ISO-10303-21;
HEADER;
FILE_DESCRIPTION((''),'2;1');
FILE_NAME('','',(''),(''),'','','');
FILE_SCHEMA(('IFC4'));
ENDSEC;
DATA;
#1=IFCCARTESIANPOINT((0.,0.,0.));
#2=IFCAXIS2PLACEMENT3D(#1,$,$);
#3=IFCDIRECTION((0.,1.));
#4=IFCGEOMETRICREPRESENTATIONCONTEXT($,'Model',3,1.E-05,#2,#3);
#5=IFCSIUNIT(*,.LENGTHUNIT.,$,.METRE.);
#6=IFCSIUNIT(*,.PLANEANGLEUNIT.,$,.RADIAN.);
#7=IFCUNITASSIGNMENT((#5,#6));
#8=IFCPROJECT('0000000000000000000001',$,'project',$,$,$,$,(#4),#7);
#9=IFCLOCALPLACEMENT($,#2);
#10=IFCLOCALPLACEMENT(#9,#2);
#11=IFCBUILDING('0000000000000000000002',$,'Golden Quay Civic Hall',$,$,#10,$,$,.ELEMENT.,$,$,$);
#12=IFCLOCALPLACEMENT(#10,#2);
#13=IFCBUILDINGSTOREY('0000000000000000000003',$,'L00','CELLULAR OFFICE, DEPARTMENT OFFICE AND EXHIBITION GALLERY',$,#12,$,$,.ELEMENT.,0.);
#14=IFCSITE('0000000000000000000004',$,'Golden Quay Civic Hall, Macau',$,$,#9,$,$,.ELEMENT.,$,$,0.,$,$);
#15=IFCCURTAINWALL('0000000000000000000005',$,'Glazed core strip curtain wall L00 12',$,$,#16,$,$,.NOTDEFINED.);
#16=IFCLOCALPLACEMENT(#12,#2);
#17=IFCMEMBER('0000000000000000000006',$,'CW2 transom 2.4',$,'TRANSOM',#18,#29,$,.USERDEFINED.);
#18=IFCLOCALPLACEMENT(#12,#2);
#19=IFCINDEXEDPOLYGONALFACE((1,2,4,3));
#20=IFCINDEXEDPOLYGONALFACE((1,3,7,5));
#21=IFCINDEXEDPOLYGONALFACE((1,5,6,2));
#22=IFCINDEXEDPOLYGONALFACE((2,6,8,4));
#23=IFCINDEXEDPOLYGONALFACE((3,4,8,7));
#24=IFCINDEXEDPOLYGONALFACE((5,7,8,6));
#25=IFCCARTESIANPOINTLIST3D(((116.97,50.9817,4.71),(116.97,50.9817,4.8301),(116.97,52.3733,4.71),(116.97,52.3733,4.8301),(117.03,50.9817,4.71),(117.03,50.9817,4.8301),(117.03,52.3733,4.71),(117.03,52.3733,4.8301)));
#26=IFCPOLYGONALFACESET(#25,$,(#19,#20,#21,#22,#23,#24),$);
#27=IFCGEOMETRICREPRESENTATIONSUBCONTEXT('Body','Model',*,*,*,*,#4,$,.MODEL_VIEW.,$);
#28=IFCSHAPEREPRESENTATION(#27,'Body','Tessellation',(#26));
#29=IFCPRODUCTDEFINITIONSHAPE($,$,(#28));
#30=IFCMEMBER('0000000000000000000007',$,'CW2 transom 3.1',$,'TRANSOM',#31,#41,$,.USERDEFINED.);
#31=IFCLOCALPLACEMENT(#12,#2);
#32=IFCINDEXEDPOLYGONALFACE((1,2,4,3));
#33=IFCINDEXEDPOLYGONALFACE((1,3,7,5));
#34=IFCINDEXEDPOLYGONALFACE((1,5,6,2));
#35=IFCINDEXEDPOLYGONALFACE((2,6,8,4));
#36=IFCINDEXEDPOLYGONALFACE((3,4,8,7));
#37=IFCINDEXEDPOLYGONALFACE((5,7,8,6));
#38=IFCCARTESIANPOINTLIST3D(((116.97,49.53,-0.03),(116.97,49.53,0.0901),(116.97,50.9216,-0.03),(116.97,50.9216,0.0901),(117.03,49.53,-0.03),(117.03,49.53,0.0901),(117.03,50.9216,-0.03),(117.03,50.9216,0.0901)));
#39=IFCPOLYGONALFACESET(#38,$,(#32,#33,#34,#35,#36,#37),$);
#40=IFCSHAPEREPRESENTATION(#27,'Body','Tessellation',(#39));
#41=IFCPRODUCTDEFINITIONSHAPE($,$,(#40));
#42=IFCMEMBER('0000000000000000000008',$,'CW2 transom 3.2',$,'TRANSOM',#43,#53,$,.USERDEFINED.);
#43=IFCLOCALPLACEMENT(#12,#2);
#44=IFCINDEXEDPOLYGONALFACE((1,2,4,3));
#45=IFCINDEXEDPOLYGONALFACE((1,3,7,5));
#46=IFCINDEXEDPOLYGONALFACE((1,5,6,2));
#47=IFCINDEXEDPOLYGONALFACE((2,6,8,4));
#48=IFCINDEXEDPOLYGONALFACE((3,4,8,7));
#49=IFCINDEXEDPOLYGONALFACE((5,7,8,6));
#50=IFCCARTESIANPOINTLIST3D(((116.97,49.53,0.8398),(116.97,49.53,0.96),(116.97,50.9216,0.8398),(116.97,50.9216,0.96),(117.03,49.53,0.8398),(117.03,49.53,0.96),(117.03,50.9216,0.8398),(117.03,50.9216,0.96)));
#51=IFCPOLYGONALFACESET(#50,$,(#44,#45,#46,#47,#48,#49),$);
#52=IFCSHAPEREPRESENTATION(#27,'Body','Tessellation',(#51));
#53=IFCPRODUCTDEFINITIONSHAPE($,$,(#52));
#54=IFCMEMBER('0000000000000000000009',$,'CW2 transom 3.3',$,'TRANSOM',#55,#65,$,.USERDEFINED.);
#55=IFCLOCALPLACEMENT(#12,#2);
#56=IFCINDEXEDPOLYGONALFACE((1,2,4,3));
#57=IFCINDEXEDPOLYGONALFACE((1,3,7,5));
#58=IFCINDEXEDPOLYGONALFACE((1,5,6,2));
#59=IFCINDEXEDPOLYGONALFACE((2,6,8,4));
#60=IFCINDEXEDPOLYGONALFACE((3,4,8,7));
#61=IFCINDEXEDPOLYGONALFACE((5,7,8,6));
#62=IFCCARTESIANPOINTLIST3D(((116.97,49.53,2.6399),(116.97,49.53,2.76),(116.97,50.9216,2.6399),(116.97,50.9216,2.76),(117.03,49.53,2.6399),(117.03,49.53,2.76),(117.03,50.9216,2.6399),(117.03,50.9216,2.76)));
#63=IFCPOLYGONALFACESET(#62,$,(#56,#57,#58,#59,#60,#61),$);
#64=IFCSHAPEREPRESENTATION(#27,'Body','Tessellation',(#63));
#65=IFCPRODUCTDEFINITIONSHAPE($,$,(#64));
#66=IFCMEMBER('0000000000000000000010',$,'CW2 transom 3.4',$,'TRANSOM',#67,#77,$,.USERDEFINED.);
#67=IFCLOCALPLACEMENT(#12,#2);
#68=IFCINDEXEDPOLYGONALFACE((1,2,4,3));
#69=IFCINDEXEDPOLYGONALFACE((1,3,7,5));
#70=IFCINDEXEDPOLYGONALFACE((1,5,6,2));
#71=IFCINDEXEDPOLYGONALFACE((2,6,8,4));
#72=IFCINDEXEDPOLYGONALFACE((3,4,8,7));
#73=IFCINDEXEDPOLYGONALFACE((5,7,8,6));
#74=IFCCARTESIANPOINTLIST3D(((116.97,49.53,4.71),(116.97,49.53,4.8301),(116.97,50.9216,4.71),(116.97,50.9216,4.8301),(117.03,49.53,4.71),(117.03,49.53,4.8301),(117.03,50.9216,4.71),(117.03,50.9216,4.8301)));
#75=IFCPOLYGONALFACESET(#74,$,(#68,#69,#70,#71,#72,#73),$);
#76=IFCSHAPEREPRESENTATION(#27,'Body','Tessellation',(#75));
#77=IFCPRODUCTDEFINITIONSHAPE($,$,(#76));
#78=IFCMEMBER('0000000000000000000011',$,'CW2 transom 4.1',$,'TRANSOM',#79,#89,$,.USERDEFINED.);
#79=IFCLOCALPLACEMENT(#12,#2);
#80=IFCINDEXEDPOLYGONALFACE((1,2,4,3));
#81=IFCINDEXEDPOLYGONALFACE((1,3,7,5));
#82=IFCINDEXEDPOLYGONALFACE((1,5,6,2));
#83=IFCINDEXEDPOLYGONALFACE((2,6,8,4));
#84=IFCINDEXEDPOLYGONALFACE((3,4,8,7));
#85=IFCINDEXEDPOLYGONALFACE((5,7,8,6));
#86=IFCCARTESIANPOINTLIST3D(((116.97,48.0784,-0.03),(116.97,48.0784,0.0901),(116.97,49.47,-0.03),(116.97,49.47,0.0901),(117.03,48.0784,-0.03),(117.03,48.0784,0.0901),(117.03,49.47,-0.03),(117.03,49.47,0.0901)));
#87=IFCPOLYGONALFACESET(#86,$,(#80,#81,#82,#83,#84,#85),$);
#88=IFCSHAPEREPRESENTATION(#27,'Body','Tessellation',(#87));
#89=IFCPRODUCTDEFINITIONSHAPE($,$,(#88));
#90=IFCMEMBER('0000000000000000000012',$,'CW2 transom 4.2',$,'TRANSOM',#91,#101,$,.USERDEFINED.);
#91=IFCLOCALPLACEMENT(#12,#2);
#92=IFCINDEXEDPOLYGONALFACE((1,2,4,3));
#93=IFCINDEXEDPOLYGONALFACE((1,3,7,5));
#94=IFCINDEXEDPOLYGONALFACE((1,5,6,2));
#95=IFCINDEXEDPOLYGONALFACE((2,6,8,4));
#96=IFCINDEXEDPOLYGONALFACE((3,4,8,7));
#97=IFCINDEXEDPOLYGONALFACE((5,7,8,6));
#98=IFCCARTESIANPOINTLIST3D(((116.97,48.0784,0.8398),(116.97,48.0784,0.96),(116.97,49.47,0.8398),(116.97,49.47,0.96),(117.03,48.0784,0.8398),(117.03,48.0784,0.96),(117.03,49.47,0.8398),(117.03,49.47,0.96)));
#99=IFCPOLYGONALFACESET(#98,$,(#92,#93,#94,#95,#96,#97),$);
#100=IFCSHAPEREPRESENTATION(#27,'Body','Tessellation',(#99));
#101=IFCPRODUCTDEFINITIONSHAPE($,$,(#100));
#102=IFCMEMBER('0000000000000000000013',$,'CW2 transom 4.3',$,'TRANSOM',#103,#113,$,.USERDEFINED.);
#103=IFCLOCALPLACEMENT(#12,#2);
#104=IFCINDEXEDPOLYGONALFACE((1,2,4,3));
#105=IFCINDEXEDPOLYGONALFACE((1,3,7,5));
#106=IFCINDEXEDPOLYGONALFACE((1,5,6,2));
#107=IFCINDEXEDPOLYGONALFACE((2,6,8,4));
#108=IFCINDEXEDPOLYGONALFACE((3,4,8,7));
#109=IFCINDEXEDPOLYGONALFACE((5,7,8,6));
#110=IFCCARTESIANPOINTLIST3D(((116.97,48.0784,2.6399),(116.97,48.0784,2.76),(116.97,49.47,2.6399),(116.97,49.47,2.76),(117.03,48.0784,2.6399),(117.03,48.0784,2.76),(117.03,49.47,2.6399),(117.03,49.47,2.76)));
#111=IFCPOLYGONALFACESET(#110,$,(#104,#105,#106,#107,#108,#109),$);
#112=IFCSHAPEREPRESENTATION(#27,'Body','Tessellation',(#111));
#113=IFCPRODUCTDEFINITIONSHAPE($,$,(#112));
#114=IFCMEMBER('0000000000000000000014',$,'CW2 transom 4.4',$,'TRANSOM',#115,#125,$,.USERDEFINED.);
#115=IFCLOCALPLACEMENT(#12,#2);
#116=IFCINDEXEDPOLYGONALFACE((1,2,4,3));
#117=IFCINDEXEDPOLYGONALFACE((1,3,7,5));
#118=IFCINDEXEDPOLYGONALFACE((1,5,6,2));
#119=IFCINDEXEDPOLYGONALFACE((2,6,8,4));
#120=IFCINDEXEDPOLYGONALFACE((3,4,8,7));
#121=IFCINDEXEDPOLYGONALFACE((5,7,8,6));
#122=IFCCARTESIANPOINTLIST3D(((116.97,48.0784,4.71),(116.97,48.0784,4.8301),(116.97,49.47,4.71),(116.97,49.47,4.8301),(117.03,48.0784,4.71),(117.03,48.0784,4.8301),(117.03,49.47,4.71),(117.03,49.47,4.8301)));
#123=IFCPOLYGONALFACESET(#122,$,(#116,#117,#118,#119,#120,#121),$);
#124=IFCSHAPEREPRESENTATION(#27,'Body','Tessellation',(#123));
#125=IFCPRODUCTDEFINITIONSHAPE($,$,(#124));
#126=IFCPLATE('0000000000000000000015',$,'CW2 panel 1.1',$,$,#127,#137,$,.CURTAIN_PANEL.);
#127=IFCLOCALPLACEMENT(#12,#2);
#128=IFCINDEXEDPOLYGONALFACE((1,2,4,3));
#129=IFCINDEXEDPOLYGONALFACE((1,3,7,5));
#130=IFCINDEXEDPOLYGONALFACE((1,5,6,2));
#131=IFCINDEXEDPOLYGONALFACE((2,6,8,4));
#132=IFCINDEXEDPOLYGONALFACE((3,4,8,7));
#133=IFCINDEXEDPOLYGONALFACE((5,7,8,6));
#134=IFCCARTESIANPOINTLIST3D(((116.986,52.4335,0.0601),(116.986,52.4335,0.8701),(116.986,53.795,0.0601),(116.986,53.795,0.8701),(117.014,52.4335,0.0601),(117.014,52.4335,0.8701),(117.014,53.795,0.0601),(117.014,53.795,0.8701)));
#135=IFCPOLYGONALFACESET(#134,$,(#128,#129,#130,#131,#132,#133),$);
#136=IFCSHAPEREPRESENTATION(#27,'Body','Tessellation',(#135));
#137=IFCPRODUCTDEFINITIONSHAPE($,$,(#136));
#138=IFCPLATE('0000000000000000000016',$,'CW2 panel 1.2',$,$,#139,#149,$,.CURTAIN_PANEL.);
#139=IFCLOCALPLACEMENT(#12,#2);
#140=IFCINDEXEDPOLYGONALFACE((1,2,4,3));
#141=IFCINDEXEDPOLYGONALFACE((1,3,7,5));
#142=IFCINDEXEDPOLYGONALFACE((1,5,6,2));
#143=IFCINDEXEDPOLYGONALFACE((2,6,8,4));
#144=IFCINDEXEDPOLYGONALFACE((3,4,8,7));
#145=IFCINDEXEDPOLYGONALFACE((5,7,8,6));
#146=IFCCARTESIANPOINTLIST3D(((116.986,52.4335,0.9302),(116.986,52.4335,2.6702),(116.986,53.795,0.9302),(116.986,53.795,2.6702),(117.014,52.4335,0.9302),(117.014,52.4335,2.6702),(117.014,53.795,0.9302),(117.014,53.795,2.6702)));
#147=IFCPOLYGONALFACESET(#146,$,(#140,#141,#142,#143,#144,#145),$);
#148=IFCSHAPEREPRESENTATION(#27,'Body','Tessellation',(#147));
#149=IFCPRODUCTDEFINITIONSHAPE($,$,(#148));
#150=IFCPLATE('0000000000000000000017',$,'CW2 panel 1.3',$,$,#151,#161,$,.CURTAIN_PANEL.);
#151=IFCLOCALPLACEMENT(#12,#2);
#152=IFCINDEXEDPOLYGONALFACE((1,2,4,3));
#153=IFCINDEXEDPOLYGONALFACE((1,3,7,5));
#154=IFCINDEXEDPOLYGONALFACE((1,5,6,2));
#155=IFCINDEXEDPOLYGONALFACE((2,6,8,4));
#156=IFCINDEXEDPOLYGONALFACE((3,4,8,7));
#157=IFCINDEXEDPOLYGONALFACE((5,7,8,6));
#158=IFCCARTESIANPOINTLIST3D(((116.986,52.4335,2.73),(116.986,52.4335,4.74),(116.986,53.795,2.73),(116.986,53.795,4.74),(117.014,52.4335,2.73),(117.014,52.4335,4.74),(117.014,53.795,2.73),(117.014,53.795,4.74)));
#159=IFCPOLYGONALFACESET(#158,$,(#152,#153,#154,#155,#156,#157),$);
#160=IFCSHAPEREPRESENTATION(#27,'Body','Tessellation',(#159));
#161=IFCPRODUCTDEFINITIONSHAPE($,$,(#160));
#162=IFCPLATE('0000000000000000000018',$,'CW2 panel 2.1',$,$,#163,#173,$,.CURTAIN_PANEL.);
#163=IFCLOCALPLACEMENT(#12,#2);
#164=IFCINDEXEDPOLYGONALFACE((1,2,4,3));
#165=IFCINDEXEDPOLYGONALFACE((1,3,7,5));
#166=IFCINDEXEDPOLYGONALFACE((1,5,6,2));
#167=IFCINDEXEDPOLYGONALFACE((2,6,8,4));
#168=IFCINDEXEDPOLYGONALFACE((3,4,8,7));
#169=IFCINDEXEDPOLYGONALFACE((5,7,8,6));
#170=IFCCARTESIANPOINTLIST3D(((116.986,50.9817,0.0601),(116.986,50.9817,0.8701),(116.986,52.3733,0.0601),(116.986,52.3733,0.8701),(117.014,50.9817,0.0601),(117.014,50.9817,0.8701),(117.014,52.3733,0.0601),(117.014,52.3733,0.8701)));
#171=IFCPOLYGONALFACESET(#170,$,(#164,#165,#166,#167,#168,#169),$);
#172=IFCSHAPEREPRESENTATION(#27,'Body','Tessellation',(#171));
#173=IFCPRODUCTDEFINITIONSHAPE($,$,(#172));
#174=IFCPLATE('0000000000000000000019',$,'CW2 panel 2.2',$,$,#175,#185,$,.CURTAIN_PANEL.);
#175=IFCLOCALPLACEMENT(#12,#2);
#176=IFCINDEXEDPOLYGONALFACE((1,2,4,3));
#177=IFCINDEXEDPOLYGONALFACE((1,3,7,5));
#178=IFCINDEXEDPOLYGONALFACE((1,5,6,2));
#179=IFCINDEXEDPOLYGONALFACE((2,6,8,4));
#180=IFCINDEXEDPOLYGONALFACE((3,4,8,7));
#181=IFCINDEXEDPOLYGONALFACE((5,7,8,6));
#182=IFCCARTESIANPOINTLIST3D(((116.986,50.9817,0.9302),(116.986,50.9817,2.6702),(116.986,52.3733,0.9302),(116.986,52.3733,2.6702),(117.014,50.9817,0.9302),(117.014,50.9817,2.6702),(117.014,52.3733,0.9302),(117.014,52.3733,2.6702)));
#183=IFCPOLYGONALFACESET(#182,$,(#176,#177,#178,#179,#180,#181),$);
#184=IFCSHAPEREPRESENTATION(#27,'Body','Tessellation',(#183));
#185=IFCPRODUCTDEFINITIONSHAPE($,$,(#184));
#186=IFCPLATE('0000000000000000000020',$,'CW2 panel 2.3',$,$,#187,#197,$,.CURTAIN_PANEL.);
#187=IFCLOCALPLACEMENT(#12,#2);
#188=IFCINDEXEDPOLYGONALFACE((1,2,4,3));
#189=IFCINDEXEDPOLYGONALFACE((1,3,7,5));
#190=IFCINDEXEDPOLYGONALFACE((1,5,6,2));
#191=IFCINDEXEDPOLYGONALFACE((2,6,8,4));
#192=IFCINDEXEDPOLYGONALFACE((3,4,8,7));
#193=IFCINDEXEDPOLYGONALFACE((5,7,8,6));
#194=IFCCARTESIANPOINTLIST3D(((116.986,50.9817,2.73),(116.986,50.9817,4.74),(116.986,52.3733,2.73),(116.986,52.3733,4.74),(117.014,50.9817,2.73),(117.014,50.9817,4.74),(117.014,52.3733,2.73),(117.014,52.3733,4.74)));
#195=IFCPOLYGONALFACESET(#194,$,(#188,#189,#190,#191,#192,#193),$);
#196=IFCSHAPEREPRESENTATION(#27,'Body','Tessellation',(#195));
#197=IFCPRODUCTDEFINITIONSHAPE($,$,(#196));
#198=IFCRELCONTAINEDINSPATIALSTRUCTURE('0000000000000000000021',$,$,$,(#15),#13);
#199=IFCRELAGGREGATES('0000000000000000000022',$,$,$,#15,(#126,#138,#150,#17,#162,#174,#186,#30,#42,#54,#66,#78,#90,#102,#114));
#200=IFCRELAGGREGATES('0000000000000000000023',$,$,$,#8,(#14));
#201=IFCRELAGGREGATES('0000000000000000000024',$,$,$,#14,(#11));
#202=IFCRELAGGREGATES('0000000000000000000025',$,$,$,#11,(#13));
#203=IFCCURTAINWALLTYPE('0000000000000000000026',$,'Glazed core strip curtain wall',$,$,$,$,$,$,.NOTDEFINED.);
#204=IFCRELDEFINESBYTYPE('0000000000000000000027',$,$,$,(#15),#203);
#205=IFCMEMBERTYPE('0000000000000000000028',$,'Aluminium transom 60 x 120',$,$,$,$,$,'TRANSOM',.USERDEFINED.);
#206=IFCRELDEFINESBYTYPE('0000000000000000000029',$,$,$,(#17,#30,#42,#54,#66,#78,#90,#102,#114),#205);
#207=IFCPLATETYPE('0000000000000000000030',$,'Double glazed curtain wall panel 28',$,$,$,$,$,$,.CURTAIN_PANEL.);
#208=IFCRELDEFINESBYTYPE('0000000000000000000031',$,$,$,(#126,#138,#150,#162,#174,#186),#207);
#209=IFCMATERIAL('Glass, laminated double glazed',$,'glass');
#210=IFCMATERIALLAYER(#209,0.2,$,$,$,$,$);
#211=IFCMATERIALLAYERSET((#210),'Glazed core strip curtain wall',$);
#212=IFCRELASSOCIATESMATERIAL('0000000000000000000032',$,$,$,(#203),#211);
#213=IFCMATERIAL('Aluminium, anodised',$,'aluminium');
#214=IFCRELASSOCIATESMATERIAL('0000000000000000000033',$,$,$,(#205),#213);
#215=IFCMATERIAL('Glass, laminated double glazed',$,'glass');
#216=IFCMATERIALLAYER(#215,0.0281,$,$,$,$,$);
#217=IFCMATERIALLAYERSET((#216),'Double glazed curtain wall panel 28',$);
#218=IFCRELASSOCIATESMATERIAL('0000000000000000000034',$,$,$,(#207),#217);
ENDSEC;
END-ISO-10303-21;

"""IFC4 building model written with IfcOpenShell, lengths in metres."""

from ifc_helpers import new_model, si_unit, direction, frame, origin, origin_2d, place, context, subcontext, project, spatial, rectangle, extrude, material, layer, layer_set, material_profile, profile_set, type_object, element, aggregate, save


model = new_model("IFC4")

# Units and contexts
model_context = context("Model", 3, precision=1e-05, world=origin(), true_north=direction((0.0, 1.0)))
body_context = subcontext(model_context, "Body", "Model", "MODEL_VIEW")
ifc_project = project(units=[si_unit("LENGTHUNIT", "METRE"), si_unit("PLANEANGLEUNIT", "RADIAN")], contexts=[model_context])

# Site, building, storey
site_placement = place(None, origin())
site = spatial("IfcSite", under=ifc_project, at=site_placement, Name="Golden Quay Civic Hall, Macau", CompositionType="ELEMENT", RefElevation=0.0)
building_placement = place(site_placement, origin())
building = spatial("IfcBuilding", under=site, at=building_placement, Name="Golden Quay Civic Hall", CompositionType="ELEMENT")
storey_placement = place(building_placement, origin())
storey = spatial("IfcBuildingStorey", under=building, at=storey_placement, Name="L00", Description="CELLULAR OFFICE, DEPARTMENT OFFICE AND EXHIBITION GALLERY", CompositionType="ELEMENT", Elevation=0.0)

# Curtain wall, members, plates
ifc_material_1 = material(Name="Glass, laminated double glazed", Category="glass")
ifc_layer_1 = layer(ifc_material_1, 0.2)
ifc_layer_set_1 = layer_set([ifc_layer_1], Name="Glazed core strip curtain wall")
curtain_wall_type = type_object("IfcCurtainWallType", Name="Glazed core strip curtain wall", PredefinedType="NOTDEFINED", material=ifc_layer_set_1)
curtain_wall_placement = place(storey_placement, origin())
curtain_wall = element("IfcCurtainWall", 1, at=curtain_wall_placement, inside=storey, type_object=curtain_wall_type, Name="Glazed core strip curtain wall L00 12", PredefinedType="NOTDEFINED")
ifc_material_2 = material(Name="Aluminium, anodised", Category="aluminium")
ifc_material_profile_1 = material_profile(ifc_material_2, rectangle(XDim=0.0601, YDim=0.1201, at=origin_2d()), Name="Aluminium 60 x 120")
ifc_profile_set_1 = profile_set([ifc_material_profile_1], Name="Aluminium, anodised")
member_type_1 = type_object("IfcMemberType", Name="Aluminium transom 60 x 120", ElementType="TRANSOM", PredefinedType="USERDEFINED", material=ifc_profile_set_1)
member_1_placement = place(storey_placement, frame((117.0, 52.3733, 4.77), z_axis=(0.0, -1.0, 0.0), x_axis=(1.0, 0.0, 0.0)))
member_1 = element("IfcMember", 2, at=member_1_placement, type_object=member_type_1, Name="CW2 transom 2.4", ObjectType="TRANSOM", PredefinedType="USERDEFINED", context=body_context, shape_type="SweptSolid", body=[
    extrude(rectangle(XDim=0.0601, YDim=0.1201, at=origin_2d()), origin(), (0.0, 0.0, 1.0), 1.3916),
])
member_2_placement = place(storey_placement, frame((117.0, 50.9216, 0.03), z_axis=(0.0, -1.0, 0.0), x_axis=(1.0, 0.0, 0.0)))
member_2 = element("IfcMember", 3, at=member_2_placement, type_object=member_type_1, Name="CW2 transom 3.1", ObjectType="TRANSOM", PredefinedType="USERDEFINED", context=body_context, shape_type="SweptSolid", body=[
    extrude(rectangle(XDim=0.0601, YDim=0.1201, at=origin_2d()), origin(), (0.0, 0.0, 1.0), 1.3916),
])
member_3_placement = place(storey_placement, frame((117.0, 50.9216, 0.8999), z_axis=(0.0, -1.0, 0.0), x_axis=(1.0, 0.0, 0.0)))
member_3 = element("IfcMember", 4, at=member_3_placement, type_object=member_type_1, Name="CW2 transom 3.2", ObjectType="TRANSOM", PredefinedType="USERDEFINED", context=body_context, shape_type="SweptSolid", body=[
    extrude(rectangle(XDim=0.0601, YDim=0.1201, at=origin_2d()), origin(), (0.0, 0.0, 1.0), 1.3916),
])
member_4_placement = place(storey_placement, frame((117.0, 50.9216, 2.7), z_axis=(0.0, -1.0, 0.0), x_axis=(1.0, 0.0, 0.0)))
member_4 = element("IfcMember", 5, at=member_4_placement, type_object=member_type_1, Name="CW2 transom 3.3", ObjectType="TRANSOM", PredefinedType="USERDEFINED", context=body_context, shape_type="SweptSolid", body=[
    extrude(rectangle(XDim=0.0601, YDim=0.1201, at=origin_2d()), origin(), (0.0, 0.0, 1.0), 1.3916),
])
member_5_placement = place(storey_placement, frame((117.0, 50.9216, 4.77), z_axis=(0.0, -1.0, 0.0), x_axis=(1.0, 0.0, 0.0)))
member_5 = element("IfcMember", 6, at=member_5_placement, type_object=member_type_1, Name="CW2 transom 3.4", ObjectType="TRANSOM", PredefinedType="USERDEFINED", context=body_context, shape_type="SweptSolid", body=[
    extrude(rectangle(XDim=0.0601, YDim=0.1201, at=origin_2d()), origin(), (0.0, 0.0, 1.0), 1.3916),
])
member_6_placement = place(storey_placement, frame((117.0, 49.47, 0.03), z_axis=(0.0, -1.0, 0.0), x_axis=(1.0, 0.0, 0.0)))
member_6 = element("IfcMember", 7, at=member_6_placement, type_object=member_type_1, Name="CW2 transom 4.1", ObjectType="TRANSOM", PredefinedType="USERDEFINED", context=body_context, shape_type="SweptSolid", body=[
    extrude(rectangle(XDim=0.0601, YDim=0.1201, at=origin_2d()), origin(), (0.0, 0.0, 1.0), 1.3916),
])
member_7_placement = place(storey_placement, frame((117.0, 49.47, 0.8999), z_axis=(0.0, -1.0, 0.0), x_axis=(1.0, 0.0, 0.0)))
member_7 = element("IfcMember", 8, at=member_7_placement, type_object=member_type_1, Name="CW2 transom 4.2", ObjectType="TRANSOM", PredefinedType="USERDEFINED", context=body_context, shape_type="SweptSolid", body=[
    extrude(rectangle(XDim=0.0601, YDim=0.1201, at=origin_2d()), origin(), (0.0, 0.0, 1.0), 1.3916),
])
member_8_placement = place(storey_placement, frame((117.0, 49.47, 2.7), z_axis=(0.0, -1.0, 0.0), x_axis=(1.0, 0.0, 0.0)))
member_8 = element("IfcMember", 9, at=member_8_placement, type_object=member_type_1, Name="CW2 transom 4.3", ObjectType="TRANSOM", PredefinedType="USERDEFINED", context=body_context, shape_type="SweptSolid", body=[
    extrude(rectangle(XDim=0.0601, YDim=0.1201, at=origin_2d()), origin(), (0.0, 0.0, 1.0), 1.3916),
])
member_9_placement = place(storey_placement, frame((117.0, 49.47, 4.77), z_axis=(0.0, -1.0, 0.0), x_axis=(1.0, 0.0, 0.0)))
member_9 = element("IfcMember", 10, at=member_9_placement, type_object=member_type_1, Name="CW2 transom 4.4", ObjectType="TRANSOM", PredefinedType="USERDEFINED", context=body_context, shape_type="SweptSolid", body=[
    extrude(rectangle(XDim=0.0601, YDim=0.1201, at=origin_2d()), origin(), (0.0, 0.0, 1.0), 1.3916),
])
ifc_material_3 = material(Name="Glass, laminated double glazed", Category="glass")
ifc_layer_2 = layer(ifc_material_3, 0.0281)
ifc_layer_set_2 = layer_set([ifc_layer_2], Name="Double glazed curtain wall panel 28")
plate_type = type_object("IfcPlateType", Name="Double glazed curtain wall panel 28", PredefinedType="CURTAIN_PANEL", material=ifc_layer_set_2)
plate_1_placement = place(storey_placement, frame((117.0, 53.1143, 0.0601), z_axis=(0.0, 0.0, 1.0), x_axis=(0.0, -1.0, 0.0)))
plate_1 = element("IfcPlate", 11, at=plate_1_placement, type_object=plate_type, Name="CW2 panel 1.1", PredefinedType="CURTAIN_PANEL", context=body_context, shape_type="SweptSolid", body=[
    extrude(rectangle(XDim=1.3616, YDim=0.0281, at=origin_2d()), origin(), (0.0, 0.0, 1.0), 0.8101),
])
plate_2_placement = place(storey_placement, frame((117.0, 53.1143, 0.9302), z_axis=(0.0, 0.0, 1.0), x_axis=(0.0, -1.0, 0.0)))
plate_2 = element("IfcPlate", 12, at=plate_2_placement, type_object=plate_type, Name="CW2 panel 1.2", PredefinedType="CURTAIN_PANEL", context=body_context, shape_type="SweptSolid", body=[
    extrude(rectangle(XDim=1.3616, YDim=0.0281, at=origin_2d()), origin(), (0.0, 0.0, 1.0), 1.74),
])
plate_3_placement = place(storey_placement, frame((117.0, 53.1143, 2.73), z_axis=(0.0, 0.0, 1.0), x_axis=(0.0, -1.0, 0.0)))
plate_3 = element("IfcPlate", 13, at=plate_3_placement, type_object=plate_type, Name="CW2 panel 1.3", PredefinedType="CURTAIN_PANEL", context=body_context, shape_type="SweptSolid", body=[
    extrude(rectangle(XDim=1.3616, YDim=0.0281, at=origin_2d()), origin(), (0.0, 0.0, 1.0), 2.01),
])
plate_4_placement = place(storey_placement, frame((117.0, 51.6775, 0.0601), z_axis=(0.0, 0.0, 1.0), x_axis=(0.0, -1.0, 0.0)))
plate_4 = element("IfcPlate", 14, at=plate_4_placement, type_object=plate_type, Name="CW2 panel 2.1", PredefinedType="CURTAIN_PANEL", context=body_context, shape_type="SweptSolid", body=[
    extrude(rectangle(XDim=1.3916, YDim=0.0281, at=origin_2d()), origin(), (0.0, 0.0, 1.0), 0.8101),
])
plate_5_placement = place(storey_placement, frame((117.0, 51.6775, 0.9302), z_axis=(0.0, 0.0, 1.0), x_axis=(0.0, -1.0, 0.0)))
plate_5 = element("IfcPlate", 15, at=plate_5_placement, type_object=plate_type, Name="CW2 panel 2.2", PredefinedType="CURTAIN_PANEL", context=body_context, shape_type="SweptSolid", body=[
    extrude(rectangle(XDim=1.3916, YDim=0.0281, at=origin_2d()), origin(), (0.0, 0.0, 1.0), 1.74),
])
plate_6_placement = place(storey_placement, frame((117.0, 51.6775, 2.73), z_axis=(0.0, 0.0, 1.0), x_axis=(0.0, -1.0, 0.0)))
plate_6 = element("IfcPlate", 16, at=plate_6_placement, type_object=plate_type, Name="CW2 panel 2.3", PredefinedType="CURTAIN_PANEL", context=body_context, shape_type="SweptSolid", body=[
    extrude(rectangle(XDim=1.3916, YDim=0.0281, at=origin_2d()), origin(), (0.0, 0.0, 1.0), 2.01),
])
aggregate(curtain_wall, [plate_1, plate_2, plate_3, member_1, plate_4, plate_5, plate_6, member_2, member_3, member_4, member_5, member_6, member_7, member_8, member_9])

save(model, "model.ifc")
